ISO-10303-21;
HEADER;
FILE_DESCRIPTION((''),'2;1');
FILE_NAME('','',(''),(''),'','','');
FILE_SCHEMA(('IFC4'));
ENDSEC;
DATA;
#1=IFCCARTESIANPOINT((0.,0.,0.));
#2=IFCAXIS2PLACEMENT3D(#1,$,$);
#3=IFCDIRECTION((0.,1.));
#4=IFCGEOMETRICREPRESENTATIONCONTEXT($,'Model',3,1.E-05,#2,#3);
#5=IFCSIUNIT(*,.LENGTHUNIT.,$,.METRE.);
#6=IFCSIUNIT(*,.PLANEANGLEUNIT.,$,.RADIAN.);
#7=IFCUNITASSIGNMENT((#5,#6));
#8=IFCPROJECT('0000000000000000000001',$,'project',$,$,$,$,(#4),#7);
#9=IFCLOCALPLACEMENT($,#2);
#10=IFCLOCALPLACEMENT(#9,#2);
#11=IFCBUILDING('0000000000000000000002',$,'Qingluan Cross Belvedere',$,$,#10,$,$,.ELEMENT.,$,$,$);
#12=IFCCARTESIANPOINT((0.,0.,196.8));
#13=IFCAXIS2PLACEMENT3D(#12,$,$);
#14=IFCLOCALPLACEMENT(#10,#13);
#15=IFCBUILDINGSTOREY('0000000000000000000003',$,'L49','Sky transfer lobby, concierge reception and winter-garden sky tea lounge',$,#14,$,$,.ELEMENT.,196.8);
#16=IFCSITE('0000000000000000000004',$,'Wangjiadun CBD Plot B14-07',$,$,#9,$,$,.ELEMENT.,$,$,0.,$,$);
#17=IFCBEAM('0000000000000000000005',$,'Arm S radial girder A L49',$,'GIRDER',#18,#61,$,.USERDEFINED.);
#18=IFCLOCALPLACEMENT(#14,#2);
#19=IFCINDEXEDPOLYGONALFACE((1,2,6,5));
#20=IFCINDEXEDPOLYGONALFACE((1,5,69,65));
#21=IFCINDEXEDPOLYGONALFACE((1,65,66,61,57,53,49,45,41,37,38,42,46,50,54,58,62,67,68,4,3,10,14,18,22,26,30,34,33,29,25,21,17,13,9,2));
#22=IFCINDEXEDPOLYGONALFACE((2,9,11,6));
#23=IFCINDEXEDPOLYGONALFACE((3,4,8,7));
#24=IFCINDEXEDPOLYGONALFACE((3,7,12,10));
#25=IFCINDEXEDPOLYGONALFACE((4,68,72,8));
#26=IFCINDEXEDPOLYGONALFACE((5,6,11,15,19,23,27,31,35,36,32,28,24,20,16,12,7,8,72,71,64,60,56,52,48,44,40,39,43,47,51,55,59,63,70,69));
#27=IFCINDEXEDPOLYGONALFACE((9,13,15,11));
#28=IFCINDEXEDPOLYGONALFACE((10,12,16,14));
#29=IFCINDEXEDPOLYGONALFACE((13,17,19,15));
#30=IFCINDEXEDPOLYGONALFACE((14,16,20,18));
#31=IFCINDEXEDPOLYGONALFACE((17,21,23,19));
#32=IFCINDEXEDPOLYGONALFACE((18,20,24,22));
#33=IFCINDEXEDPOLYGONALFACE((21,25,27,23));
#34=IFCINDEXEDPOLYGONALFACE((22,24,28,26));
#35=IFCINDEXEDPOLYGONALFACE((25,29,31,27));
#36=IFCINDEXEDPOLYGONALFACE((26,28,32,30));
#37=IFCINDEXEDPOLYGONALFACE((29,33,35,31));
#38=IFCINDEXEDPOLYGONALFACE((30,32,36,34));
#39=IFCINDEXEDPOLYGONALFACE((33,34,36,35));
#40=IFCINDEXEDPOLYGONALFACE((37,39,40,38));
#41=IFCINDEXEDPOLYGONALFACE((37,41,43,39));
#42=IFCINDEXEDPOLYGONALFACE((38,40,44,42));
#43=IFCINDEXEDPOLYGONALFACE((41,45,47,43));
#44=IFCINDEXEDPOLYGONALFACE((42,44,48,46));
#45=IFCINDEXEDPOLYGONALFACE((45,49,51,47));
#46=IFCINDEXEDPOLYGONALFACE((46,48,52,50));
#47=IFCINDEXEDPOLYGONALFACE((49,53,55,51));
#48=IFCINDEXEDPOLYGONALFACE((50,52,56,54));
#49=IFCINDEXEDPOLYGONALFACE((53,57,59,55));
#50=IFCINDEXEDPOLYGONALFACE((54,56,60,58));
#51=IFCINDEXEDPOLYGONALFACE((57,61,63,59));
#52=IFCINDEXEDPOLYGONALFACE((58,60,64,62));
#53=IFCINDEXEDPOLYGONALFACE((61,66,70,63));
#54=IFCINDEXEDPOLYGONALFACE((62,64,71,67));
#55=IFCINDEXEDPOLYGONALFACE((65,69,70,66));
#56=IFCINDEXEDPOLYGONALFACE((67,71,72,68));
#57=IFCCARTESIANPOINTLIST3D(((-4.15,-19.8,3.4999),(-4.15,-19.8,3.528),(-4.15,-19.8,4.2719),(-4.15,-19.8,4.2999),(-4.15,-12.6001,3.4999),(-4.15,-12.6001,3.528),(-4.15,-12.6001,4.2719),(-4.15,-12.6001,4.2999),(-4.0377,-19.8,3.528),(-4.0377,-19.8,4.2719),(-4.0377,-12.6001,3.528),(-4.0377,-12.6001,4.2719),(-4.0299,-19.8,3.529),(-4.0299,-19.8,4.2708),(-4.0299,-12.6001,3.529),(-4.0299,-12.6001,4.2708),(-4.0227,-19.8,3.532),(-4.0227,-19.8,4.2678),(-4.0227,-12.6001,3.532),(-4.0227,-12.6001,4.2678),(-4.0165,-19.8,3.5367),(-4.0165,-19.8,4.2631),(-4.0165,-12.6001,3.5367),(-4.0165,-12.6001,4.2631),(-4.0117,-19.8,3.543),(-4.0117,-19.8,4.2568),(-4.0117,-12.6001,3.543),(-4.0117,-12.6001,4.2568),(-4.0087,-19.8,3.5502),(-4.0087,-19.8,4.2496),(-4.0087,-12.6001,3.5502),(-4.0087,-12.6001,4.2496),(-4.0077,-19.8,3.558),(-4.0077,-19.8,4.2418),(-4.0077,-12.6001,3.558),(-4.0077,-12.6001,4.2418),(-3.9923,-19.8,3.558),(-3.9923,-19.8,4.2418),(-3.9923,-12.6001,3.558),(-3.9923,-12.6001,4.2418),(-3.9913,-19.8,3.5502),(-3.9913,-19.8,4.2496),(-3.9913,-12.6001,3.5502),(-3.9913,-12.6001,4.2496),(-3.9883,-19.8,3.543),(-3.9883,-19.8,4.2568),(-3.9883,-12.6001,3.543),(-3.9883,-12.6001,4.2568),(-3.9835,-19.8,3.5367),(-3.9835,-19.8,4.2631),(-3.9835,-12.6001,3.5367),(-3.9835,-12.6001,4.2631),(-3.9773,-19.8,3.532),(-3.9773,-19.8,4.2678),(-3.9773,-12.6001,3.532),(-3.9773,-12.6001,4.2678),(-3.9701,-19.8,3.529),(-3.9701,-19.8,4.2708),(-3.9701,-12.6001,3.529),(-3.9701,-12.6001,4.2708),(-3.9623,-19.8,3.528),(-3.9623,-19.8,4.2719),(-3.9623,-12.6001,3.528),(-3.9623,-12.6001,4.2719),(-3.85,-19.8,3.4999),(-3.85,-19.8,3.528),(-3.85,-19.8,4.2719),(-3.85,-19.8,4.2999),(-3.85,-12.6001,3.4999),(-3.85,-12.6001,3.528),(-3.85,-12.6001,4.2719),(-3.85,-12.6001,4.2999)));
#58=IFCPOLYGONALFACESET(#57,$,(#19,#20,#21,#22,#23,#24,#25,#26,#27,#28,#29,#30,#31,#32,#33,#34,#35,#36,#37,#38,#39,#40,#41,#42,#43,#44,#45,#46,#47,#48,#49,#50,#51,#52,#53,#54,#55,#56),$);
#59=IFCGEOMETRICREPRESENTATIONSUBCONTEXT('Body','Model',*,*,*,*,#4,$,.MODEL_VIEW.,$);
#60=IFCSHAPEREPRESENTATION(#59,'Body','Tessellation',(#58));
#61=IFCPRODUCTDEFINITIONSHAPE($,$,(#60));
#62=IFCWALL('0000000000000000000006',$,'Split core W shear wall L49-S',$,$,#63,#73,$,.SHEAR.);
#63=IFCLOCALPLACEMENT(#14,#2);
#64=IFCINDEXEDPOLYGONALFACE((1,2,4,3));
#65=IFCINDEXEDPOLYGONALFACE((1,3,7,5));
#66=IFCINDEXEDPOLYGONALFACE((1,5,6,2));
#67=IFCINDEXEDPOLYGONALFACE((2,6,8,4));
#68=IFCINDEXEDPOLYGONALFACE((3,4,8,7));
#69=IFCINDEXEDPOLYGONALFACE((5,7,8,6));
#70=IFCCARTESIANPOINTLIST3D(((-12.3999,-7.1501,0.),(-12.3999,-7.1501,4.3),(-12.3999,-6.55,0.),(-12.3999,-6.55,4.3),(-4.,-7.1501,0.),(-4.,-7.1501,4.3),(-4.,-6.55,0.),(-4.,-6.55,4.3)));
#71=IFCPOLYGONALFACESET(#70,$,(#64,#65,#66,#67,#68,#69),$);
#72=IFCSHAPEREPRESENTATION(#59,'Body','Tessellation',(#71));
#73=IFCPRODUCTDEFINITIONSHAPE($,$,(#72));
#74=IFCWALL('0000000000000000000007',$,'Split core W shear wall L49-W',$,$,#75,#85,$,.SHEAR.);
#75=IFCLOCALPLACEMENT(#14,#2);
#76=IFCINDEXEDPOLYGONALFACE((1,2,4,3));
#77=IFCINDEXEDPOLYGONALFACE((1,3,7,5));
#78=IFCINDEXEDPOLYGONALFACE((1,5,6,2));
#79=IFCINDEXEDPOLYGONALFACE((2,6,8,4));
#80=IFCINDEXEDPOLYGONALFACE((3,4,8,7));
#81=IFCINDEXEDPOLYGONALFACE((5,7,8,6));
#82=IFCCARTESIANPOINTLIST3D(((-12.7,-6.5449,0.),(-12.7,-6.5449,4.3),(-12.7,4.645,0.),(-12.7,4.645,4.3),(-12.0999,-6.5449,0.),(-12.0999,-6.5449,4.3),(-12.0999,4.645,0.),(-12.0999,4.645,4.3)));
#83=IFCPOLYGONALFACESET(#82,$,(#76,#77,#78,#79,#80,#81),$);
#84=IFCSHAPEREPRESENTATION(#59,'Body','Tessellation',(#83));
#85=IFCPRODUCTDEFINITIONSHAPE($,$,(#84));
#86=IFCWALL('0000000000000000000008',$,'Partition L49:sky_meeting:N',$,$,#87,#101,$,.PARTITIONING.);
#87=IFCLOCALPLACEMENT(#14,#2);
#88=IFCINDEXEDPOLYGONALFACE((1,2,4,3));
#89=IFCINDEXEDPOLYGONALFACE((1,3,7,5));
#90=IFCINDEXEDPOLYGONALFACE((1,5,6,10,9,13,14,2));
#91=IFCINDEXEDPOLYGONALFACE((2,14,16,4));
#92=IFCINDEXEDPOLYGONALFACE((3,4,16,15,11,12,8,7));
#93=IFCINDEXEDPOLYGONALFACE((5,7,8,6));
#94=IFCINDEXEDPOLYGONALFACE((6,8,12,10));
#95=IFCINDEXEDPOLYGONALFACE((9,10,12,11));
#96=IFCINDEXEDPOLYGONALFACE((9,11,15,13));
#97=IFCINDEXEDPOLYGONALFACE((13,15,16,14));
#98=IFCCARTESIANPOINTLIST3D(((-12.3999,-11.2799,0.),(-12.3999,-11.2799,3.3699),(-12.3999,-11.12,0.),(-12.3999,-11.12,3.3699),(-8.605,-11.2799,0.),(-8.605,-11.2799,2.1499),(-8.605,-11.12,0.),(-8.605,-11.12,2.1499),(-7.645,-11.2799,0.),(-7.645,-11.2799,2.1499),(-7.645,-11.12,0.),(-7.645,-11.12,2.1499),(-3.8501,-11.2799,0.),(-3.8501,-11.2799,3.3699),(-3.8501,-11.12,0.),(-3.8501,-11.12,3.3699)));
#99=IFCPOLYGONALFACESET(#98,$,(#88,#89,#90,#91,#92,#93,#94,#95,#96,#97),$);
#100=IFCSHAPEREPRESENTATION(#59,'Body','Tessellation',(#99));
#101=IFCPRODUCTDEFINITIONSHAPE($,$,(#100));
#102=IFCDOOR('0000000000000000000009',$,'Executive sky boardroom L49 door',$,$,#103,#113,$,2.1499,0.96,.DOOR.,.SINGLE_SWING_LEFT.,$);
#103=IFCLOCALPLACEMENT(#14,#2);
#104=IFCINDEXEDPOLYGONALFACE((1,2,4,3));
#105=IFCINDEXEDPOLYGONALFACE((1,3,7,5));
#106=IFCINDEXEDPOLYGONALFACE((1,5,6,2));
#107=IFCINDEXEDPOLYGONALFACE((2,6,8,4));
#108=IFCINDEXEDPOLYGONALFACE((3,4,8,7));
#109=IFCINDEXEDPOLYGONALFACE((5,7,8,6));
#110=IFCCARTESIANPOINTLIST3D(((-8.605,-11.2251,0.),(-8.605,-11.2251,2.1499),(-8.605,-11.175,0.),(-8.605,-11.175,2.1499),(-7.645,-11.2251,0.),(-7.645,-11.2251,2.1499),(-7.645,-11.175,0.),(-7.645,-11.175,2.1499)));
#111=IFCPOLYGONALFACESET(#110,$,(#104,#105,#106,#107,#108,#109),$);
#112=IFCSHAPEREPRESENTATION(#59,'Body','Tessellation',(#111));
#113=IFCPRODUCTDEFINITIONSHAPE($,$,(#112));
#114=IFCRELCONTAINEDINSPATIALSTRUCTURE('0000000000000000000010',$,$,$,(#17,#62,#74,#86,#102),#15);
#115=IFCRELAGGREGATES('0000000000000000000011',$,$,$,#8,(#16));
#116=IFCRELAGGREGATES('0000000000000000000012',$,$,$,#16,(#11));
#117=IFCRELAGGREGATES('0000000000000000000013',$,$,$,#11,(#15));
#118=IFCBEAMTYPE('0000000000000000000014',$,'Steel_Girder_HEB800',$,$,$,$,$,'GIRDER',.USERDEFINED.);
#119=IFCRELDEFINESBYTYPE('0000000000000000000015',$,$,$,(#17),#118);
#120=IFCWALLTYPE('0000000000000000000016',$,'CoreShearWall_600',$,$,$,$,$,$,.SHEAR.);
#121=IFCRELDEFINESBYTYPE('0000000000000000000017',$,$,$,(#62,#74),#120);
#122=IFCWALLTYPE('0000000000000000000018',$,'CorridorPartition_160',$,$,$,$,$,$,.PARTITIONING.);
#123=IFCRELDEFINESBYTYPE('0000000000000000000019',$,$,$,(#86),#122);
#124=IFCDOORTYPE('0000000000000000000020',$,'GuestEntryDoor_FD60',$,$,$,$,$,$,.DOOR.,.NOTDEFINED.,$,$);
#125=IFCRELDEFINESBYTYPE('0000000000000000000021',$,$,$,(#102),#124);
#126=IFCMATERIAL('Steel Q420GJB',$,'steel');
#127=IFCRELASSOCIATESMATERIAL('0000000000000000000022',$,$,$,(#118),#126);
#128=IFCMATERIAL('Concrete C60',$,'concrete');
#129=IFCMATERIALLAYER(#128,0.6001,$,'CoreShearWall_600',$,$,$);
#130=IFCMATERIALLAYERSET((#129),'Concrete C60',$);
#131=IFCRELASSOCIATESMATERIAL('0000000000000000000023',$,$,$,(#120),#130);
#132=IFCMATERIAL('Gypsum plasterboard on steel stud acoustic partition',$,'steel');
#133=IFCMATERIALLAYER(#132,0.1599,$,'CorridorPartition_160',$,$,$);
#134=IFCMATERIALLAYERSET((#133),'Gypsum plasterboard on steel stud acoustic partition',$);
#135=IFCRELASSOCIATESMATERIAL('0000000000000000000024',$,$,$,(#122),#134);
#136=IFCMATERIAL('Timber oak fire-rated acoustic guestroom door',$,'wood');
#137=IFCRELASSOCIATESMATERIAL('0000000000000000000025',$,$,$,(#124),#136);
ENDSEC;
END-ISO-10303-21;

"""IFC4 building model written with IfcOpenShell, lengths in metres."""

from ifc_helpers import new_model, si_unit, direction, frame, frame_2d, origin, origin_2d, place, context, subcontext, project, spatial, rectangle, i_section, extrude, material, layer, layer_set, material_profile, profile_set, type_object, element, fill, save


model = new_model("IFC4")

# Units and contexts
model_context = context("Model", 3, precision=1e-05, world=origin(), true_north=direction((0.0, 1.0)))
body_context = subcontext(model_context, "Body", "Model", "MODEL_VIEW")
ifc_project = project(units=[si_unit("LENGTHUNIT", "METRE"), si_unit("PLANEANGLEUNIT", "RADIAN")], contexts=[model_context])

# Site, building, storey
site_placement = place(None, origin())
site = spatial("IfcSite", under=ifc_project, at=site_placement, Name="Wangjiadun CBD Plot B14-07", CompositionType="ELEMENT", RefElevation=0.0)
building_placement = place(site_placement, origin())
building = spatial("IfcBuilding", under=site, at=building_placement, Name="Qingluan Cross Belvedere", CompositionType="ELEMENT")
storey_placement = place(building_placement, frame((0.0, 0.0, 196.8)))
storey = spatial("IfcBuildingStorey", under=building, at=storey_placement, Name="L49", Description="Sky transfer lobby, concierge reception and winter-garden sky tea lounge", CompositionType="ELEMENT", Elevation=196.8)

# Beam
ifc_material_1 = material(Name="Steel Q420GJB", Category="steel")
ifc_material_profile_1 = material_profile(ifc_material_1, i_section(OverallWidth=0.3, OverallDepth=0.8, WebThickness=0.0154, FlangeThickness=0.0281, FilletRadius=0.03, at=origin_2d()), Name="HEB800")
ifc_profile_set_1 = profile_set([ifc_material_profile_1], Name="Steel Q420GJB")
beam_type_1 = type_object("IfcBeamType", Name="Steel_Girder_HEB800", ElementType="GIRDER", PredefinedType="USERDEFINED", material=ifc_profile_set_1)
beam_1_placement = place(storey_placement, frame((-4.0, -12.6001, 3.8999), z_axis=(0.0, -1.0, 0.0), x_axis=(1.0, 0.0, 0.0)))
element("IfcBeam", 1, at=beam_1_placement, inside=storey, type_object=beam_type_1, Name="Arm S radial girder A L49", ObjectType="GIRDER", PredefinedType="USERDEFINED", context=body_context, shape_type="SweptSolid", body=[
    extrude(i_section(OverallWidth=0.3, OverallDepth=0.8, WebThickness=0.0154, FlangeThickness=0.0281, FilletRadius=0.03, at=origin_2d()), origin(), (0.0, 0.0, 1.0), 7.2),
])

# Walls
ifc_material_2 = material(Name="Concrete C60", Category="concrete")
ifc_layer_1 = layer(ifc_material_2, 0.6001, Name="CoreShearWall_600")
ifc_layer_set_1 = layer_set([ifc_layer_1], Name="Concrete C60")
wall_type_1 = type_object("IfcWallType", Name="CoreShearWall_600", PredefinedType="SHEAR", material=ifc_layer_set_1)
wall_1_placement = place(storey_placement, frame((-12.3999, -6.8501, 0.0), z_axis=(0.0, 0.0, 1.0), x_axis=(1.0, 0.0, 0.0)))
element("IfcWall", 2, at=wall_1_placement, inside=storey, type_object=wall_type_1, Name="Split core W shear wall L49-S", PredefinedType="SHEAR", context=body_context, shape_type="SweptSolid", body=[
    extrude(rectangle(XDim=8.3999, YDim=0.6001, at=frame_2d((4.2, 0.0))), origin(), (0.0, 0.0, 1.0), 4.3),
])
wall_2_placement = place(storey_placement, frame((-12.3999, -6.5449, 0.0), z_axis=(0.0, 0.0, 1.0), x_axis=(0.0, 1.0, 0.0)))
element("IfcWall", 3, at=wall_2_placement, inside=storey, type_object=wall_type_1, Name="Split core W shear wall L49-W", PredefinedType="SHEAR", context=body_context, shape_type="SweptSolid", body=[
    extrude(rectangle(XDim=11.1899, YDim=0.6001, at=frame_2d((5.595, 0.0))), origin(), (0.0, 0.0, 1.0), 4.3),
])

# Wall, opening, door
ifc_material_3 = material(Name="Gypsum plasterboard on steel stud acoustic partition", Category="steel")
ifc_layer_2 = layer(ifc_material_3, 0.1599, Name="CorridorPartition_160")
ifc_layer_set_2 = layer_set([ifc_layer_2], Name="Gypsum plasterboard on steel stud acoustic partition")
wall_type_2 = type_object("IfcWallType", Name="CorridorPartition_160", PredefinedType="PARTITIONING", material=ifc_layer_set_2)
wall_3_placement = place(storey_placement, frame((-12.3999, -11.2, 0.0), z_axis=(0.0, 0.0, 1.0), x_axis=(1.0, 0.0, 0.0)))
wall_3 = element("IfcWall", 4, at=wall_3_placement, inside=storey, type_object=wall_type_2, Name="Partition L49:sky_meeting:N", PredefinedType="PARTITIONING", context=body_context, shape_type="SweptSolid", body=[
    extrude(rectangle(XDim=8.5498, YDim=0.1599, at=frame_2d((4.2749, 0.0))), origin(), (0.0, 0.0, 1.0), 3.3699),
])
opening_1_placement = place(wall_3_placement, frame((3.7949, 0.0, 0.0)))
opening_1 = element("IfcOpeningElement", 5, at=opening_1_placement, cuts=wall_3, PredefinedType="OPENING", context=body_context, shape_type="SweptSolid", body=[
    extrude(rectangle(XDim=0.96, YDim=2.1499, at=frame_2d((0.48, 1.075))), frame((0.0, 0.0898, 0.0), z_axis=(0.0, -1.0, 0.0), x_axis=(1.0, 0.0, 0.0)), (0.0, 0.0, 1.0), 0.1799),
])
ifc_material_4 = material(Name="Timber oak fire-rated acoustic guestroom door", Category="wood")
door_type_1 = type_object("IfcDoorType", Name="GuestEntryDoor_FD60", OperationType="NOTDEFINED", PredefinedType="DOOR", material=ifc_material_4)
door_1_placement = place(opening_1_placement, origin())
door_1 = element("IfcDoor", 6, at=door_1_placement, inside=storey, type_object=door_type_1, Name="Executive sky boardroom L49 door", OperationType="SINGLE_SWING_LEFT", OverallHeight=2.1499, OverallWidth=0.96, PredefinedType="DOOR", context=body_context, shape_type="SweptSolid", body=[
    extrude(rectangle(XDim=0.96, YDim=2.1499, at=frame_2d((0.48, 1.075))), frame((0.0, 0.0249, 0.0), z_axis=(0.0, -1.0, 0.0), x_axis=(1.0, 0.0, 0.0)), (0.0, 0.0, 1.0), 0.05),
])
fill(opening_1, door_1)

save(model, "model.ifc")
